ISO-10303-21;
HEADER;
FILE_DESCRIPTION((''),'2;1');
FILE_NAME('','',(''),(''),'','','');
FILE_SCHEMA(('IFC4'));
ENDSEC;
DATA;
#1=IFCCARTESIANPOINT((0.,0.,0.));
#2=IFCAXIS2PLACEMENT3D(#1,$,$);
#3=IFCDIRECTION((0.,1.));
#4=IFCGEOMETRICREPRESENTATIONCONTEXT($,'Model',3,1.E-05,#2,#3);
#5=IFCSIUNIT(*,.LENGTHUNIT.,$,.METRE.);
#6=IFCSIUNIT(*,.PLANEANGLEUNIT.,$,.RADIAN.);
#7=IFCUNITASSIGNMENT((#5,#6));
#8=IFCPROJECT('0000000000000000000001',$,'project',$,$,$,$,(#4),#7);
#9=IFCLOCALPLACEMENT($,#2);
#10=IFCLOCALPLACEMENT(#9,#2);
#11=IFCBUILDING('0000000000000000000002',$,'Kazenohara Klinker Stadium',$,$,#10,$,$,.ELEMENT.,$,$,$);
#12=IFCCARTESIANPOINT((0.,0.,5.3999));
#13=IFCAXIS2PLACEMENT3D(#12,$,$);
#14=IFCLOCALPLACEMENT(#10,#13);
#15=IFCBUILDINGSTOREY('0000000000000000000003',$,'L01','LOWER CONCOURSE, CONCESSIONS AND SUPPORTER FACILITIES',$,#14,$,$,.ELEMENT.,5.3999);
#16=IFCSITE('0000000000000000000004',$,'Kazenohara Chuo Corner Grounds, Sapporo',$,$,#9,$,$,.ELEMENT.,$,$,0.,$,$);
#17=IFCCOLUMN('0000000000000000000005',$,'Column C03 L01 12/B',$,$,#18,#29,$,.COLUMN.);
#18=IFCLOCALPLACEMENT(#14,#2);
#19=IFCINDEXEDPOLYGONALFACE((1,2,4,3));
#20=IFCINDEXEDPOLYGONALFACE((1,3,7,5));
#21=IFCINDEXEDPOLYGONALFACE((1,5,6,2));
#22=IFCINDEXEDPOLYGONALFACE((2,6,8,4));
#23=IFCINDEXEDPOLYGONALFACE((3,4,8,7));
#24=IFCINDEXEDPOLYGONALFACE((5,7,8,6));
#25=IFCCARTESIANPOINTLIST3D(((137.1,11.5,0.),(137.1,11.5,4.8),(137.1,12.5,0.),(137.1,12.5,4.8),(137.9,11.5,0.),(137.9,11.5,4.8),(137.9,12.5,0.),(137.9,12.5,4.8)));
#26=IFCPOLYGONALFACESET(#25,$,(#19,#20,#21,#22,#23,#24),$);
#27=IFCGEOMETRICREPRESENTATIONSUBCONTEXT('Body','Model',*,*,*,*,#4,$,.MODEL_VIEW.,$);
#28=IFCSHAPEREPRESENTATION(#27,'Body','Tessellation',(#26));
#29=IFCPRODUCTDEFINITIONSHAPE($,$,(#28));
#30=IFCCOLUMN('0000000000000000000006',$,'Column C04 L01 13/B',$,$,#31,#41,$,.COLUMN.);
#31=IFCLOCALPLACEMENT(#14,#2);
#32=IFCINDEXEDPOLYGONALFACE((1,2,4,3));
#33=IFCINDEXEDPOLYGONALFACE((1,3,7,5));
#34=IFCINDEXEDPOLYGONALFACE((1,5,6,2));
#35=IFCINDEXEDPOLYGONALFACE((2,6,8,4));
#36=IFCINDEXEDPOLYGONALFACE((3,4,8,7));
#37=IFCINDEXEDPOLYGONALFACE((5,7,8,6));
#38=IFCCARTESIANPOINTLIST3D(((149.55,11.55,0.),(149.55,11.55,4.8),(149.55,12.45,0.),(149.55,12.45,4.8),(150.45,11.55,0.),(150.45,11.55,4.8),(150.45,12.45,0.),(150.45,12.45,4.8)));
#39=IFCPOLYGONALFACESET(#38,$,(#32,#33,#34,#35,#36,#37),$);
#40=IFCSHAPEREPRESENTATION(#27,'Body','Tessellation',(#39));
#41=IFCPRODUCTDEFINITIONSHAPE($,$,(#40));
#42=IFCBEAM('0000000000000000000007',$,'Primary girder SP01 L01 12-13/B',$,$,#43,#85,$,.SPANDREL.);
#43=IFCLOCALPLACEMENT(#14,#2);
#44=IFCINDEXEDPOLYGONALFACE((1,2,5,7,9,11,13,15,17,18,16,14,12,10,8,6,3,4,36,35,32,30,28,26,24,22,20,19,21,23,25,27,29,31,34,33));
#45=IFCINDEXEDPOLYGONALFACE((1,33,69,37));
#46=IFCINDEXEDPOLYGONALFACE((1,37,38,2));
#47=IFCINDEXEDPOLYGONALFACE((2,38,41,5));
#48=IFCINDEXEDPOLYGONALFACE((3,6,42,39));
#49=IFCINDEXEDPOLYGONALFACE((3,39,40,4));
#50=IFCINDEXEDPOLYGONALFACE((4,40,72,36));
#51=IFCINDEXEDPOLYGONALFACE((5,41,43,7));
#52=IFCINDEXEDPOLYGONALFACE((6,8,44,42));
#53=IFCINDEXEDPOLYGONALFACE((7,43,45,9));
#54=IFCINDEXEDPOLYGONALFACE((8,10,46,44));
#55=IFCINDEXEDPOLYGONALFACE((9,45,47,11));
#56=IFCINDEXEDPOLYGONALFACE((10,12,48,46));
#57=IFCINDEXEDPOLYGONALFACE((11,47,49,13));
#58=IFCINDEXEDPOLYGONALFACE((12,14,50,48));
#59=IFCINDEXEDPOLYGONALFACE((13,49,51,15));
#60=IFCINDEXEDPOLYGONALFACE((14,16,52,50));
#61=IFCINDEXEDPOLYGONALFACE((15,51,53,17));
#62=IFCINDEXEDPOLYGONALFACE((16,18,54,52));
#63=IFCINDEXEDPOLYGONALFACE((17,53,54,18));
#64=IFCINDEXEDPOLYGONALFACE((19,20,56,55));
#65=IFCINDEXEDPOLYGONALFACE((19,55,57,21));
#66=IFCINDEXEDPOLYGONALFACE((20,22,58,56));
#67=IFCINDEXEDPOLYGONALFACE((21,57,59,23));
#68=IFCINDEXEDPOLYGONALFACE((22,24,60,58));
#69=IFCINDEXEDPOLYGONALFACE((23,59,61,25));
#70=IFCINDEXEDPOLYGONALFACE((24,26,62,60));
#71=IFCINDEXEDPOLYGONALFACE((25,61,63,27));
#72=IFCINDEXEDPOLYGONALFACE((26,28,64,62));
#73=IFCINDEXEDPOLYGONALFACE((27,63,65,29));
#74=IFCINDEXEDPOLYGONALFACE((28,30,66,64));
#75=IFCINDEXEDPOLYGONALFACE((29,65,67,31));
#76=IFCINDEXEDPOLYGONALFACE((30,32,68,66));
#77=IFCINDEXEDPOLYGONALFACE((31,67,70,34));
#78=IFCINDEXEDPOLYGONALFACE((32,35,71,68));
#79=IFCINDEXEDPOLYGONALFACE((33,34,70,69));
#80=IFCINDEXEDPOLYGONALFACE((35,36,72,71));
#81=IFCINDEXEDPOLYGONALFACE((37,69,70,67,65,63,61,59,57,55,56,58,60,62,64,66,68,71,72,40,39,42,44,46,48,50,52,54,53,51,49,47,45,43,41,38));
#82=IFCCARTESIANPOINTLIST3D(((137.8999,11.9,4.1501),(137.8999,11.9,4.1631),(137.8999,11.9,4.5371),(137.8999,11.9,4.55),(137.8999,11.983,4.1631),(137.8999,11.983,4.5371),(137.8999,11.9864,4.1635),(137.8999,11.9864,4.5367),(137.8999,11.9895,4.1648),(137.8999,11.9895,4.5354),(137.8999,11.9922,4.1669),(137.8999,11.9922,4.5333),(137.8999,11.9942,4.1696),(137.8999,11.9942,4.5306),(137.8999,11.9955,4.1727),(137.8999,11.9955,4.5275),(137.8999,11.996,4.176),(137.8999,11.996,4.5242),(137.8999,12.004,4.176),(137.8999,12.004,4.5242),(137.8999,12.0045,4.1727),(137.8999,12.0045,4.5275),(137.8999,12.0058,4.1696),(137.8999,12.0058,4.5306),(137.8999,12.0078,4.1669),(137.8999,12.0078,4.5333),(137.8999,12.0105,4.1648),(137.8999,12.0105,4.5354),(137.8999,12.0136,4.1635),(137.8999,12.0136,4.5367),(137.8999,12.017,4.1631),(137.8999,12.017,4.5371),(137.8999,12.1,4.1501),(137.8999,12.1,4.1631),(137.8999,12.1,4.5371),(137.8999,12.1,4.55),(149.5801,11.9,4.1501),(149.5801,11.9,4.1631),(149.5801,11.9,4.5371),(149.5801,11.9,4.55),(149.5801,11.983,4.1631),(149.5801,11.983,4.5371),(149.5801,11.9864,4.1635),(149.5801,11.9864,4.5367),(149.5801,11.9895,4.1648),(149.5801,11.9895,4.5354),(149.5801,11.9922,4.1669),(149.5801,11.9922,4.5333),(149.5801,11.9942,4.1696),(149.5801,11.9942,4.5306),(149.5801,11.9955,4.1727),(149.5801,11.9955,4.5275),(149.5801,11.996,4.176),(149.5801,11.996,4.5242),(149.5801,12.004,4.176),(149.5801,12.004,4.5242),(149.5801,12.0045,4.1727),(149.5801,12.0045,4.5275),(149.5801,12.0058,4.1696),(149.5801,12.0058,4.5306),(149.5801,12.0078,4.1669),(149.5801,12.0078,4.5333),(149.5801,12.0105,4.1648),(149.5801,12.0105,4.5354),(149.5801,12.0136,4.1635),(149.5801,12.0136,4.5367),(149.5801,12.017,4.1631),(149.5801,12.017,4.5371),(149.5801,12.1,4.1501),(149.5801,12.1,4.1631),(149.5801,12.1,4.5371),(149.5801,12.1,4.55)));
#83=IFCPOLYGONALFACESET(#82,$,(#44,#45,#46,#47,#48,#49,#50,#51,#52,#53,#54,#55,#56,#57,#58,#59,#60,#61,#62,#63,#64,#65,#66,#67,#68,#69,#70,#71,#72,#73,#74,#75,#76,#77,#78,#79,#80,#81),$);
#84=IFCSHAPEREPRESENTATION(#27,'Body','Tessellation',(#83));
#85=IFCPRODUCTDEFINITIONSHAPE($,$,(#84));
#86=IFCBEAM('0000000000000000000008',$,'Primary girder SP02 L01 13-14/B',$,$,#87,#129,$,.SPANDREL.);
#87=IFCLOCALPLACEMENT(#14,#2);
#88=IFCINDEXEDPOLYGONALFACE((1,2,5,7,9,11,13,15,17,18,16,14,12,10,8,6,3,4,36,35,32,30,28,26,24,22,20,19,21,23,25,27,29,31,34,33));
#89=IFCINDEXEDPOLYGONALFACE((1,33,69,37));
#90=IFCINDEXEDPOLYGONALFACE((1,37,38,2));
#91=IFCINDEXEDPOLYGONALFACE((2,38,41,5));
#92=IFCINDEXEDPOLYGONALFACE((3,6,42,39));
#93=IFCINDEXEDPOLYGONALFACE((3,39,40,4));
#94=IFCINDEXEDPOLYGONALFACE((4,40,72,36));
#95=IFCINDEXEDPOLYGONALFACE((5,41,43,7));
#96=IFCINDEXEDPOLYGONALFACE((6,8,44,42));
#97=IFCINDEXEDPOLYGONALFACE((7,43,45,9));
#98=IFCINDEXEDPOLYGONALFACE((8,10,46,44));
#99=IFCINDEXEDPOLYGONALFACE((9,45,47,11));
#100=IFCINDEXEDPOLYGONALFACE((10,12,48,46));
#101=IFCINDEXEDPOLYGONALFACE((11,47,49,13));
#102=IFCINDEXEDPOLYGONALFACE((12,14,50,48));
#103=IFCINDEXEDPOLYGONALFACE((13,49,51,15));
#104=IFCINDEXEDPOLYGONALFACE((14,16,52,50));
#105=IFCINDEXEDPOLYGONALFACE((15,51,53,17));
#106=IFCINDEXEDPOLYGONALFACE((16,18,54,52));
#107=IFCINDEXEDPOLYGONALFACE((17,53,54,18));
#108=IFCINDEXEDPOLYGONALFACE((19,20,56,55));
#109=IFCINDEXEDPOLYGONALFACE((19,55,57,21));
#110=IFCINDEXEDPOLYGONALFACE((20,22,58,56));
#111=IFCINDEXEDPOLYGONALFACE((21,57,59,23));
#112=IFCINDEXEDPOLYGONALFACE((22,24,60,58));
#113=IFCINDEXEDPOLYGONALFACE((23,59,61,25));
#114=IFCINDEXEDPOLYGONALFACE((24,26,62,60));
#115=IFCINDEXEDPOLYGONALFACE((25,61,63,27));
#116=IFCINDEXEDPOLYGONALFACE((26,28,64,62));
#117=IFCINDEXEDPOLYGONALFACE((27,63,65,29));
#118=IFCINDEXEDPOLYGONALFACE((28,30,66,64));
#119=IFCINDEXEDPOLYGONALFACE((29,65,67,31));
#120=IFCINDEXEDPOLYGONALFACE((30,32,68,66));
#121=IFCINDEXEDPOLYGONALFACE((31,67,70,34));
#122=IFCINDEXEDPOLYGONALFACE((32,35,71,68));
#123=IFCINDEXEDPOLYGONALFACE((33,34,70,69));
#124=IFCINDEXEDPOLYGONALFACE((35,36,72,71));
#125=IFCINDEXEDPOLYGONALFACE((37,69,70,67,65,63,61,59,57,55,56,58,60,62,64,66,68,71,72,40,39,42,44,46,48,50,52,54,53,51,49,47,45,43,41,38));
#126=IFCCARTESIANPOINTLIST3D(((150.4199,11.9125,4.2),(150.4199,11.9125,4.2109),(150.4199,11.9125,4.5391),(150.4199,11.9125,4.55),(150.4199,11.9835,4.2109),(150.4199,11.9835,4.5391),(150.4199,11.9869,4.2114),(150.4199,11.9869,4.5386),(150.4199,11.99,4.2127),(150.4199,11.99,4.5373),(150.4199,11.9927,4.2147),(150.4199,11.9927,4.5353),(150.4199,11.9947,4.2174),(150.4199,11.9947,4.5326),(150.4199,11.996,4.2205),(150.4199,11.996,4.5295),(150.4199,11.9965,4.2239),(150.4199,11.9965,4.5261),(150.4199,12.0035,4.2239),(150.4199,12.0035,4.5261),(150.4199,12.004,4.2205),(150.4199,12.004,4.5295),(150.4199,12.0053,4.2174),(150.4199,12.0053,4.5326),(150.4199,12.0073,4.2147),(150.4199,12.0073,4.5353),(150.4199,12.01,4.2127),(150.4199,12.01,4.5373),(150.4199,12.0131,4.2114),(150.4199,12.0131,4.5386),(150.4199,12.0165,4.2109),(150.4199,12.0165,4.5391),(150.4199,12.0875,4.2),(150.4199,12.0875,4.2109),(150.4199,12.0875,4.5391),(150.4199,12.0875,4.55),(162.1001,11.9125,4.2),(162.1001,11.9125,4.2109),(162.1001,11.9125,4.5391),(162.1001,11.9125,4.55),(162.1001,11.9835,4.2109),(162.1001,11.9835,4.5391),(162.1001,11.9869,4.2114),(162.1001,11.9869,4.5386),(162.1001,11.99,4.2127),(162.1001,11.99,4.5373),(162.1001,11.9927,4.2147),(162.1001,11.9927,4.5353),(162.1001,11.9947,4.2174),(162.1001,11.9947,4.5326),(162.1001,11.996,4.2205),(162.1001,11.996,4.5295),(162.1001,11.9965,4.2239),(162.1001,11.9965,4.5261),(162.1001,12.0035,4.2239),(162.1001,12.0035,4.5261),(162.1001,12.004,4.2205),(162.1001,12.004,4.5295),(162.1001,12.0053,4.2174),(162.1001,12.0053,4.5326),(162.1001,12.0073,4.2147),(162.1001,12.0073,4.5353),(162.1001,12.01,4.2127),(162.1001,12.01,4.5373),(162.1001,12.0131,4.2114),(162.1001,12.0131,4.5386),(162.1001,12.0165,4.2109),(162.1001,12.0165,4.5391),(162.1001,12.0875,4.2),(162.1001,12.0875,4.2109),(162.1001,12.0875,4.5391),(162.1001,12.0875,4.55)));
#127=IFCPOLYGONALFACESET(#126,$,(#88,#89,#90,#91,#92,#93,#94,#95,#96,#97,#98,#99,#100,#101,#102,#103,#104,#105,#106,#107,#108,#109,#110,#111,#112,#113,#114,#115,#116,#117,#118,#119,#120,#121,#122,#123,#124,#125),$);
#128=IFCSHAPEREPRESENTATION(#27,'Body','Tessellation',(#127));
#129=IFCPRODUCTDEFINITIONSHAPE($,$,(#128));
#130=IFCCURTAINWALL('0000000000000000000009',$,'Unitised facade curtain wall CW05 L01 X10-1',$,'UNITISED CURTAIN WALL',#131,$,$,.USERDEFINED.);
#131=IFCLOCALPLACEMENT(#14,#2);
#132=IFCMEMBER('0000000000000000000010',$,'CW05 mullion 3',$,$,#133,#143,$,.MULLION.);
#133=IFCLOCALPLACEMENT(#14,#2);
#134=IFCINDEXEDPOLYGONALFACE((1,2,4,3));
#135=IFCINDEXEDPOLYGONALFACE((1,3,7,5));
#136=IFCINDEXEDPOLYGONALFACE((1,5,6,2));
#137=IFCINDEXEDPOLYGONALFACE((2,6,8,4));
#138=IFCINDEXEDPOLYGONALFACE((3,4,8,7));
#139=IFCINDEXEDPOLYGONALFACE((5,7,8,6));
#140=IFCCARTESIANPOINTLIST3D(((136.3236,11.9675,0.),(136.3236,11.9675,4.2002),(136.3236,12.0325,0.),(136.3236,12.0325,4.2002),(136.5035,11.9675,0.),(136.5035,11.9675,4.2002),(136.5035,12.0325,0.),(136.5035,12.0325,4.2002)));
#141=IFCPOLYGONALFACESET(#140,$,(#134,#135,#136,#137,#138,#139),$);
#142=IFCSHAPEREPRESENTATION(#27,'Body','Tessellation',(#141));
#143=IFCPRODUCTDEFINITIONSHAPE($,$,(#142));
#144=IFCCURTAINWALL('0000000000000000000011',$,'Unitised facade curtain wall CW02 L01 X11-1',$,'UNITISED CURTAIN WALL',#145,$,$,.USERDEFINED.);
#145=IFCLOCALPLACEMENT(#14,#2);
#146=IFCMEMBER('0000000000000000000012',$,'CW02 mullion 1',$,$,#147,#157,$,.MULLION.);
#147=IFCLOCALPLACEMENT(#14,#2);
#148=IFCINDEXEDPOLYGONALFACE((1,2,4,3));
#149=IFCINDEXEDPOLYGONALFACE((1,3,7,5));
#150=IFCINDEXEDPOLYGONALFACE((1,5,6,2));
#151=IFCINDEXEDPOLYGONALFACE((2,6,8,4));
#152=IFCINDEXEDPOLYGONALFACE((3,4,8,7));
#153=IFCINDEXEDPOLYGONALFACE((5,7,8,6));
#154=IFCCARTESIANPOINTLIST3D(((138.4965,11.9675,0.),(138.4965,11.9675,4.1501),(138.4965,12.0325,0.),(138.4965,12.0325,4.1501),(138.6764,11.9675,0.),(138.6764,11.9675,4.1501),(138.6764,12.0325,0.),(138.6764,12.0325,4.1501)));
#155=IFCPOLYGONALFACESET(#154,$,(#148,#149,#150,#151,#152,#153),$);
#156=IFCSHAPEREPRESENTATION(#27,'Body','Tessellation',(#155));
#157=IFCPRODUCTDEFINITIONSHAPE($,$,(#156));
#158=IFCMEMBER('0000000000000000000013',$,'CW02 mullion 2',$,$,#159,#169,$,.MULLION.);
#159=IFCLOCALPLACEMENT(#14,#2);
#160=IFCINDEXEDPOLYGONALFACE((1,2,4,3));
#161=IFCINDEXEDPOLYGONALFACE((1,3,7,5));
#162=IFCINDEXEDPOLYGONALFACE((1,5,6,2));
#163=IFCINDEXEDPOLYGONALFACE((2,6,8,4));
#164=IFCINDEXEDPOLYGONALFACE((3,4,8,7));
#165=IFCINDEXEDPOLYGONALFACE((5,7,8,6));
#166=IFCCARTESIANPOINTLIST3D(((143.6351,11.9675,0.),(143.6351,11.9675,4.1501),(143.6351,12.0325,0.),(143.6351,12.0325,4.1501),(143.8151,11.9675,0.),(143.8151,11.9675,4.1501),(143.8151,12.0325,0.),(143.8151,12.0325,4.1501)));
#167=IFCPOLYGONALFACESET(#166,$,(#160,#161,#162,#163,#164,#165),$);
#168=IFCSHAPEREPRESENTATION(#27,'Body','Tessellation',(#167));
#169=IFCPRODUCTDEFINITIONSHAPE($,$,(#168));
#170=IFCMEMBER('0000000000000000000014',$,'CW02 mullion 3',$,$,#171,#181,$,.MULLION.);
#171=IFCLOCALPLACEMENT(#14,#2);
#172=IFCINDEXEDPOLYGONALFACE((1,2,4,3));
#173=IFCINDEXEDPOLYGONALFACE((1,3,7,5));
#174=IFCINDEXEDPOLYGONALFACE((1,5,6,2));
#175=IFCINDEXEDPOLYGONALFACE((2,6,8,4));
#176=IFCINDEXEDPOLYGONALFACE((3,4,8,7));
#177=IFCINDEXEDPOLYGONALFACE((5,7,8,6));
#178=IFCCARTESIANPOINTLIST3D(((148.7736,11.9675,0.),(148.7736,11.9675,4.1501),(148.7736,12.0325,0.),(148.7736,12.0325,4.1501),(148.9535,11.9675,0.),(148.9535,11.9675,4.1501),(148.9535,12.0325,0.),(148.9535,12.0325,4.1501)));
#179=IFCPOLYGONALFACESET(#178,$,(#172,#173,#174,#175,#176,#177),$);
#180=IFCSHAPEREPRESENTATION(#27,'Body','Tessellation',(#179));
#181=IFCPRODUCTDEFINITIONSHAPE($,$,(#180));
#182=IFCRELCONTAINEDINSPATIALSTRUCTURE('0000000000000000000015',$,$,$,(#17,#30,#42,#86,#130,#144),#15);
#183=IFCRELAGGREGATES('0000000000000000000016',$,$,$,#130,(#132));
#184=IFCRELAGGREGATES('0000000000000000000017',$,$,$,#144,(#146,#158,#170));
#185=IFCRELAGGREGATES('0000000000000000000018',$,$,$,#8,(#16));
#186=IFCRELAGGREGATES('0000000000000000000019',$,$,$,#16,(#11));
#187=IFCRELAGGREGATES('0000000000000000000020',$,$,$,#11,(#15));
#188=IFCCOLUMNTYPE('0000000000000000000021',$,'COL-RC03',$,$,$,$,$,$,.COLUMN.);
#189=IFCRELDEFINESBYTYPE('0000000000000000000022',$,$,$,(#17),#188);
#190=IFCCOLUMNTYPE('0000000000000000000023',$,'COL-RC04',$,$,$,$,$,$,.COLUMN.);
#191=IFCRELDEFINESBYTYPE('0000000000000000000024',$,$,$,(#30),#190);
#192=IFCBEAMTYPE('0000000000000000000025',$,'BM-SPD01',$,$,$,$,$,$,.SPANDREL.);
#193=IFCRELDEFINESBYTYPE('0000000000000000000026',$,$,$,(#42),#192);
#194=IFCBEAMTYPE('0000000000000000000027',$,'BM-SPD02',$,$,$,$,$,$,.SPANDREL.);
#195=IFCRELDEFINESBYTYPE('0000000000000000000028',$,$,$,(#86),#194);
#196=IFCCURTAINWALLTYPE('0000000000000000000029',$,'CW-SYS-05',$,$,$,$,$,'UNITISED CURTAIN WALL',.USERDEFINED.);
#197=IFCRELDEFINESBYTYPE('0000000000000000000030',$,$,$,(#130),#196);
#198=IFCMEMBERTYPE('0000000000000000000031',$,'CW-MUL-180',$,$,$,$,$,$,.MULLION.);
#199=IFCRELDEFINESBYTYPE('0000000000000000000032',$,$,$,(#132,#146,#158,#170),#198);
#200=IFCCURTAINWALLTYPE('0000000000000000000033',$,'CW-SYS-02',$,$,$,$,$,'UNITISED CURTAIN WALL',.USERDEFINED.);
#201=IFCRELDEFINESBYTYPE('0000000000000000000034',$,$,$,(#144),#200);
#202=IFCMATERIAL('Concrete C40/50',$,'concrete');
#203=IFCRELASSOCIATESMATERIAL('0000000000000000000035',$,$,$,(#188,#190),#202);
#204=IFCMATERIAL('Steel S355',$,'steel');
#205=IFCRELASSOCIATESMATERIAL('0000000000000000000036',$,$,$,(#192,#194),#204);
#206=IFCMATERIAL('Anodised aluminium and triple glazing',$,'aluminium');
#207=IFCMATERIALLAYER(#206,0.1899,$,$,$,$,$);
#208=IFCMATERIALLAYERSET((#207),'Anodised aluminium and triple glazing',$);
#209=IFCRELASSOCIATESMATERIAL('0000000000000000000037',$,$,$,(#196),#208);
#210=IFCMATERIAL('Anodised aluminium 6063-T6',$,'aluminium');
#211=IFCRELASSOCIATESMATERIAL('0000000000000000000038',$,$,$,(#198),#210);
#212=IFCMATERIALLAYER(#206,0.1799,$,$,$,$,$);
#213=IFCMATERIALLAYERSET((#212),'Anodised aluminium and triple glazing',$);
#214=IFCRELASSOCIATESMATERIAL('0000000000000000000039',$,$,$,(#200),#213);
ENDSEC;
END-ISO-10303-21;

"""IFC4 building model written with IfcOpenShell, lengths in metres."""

from ifc_helpers import new_model, si_unit, direction, frame, origin, origin_2d, place, context, subcontext, project, spatial, rectangle, i_section, extrude, material, layer, layer_set, material_profile, profile_set, type_object, element, aggregate, save


model = new_model("IFC4")

# Units and contexts
model_context = context("Model", 3, precision=1e-05, world=origin(), true_north=direction((0.0, 1.0)))
body_context = subcontext(model_context, "Body", "Model", "MODEL_VIEW")
ifc_project = project(units=[si_unit("LENGTHUNIT", "METRE"), si_unit("PLANEANGLEUNIT", "RADIAN")], contexts=[model_context])

# Site, building, storey
site_placement = place(None, origin())
site = spatial("IfcSite", under=ifc_project, at=site_placement, Name="Kazenohara Chuo Corner Grounds, Sapporo", CompositionType="ELEMENT", RefElevation=0.0)
building_placement = place(site_placement, origin())
building = spatial("IfcBuilding", under=site, at=building_placement, Name="Kazenohara Klinker Stadium", CompositionType="ELEMENT")
storey_placement = place(building_placement, frame((0.0, 0.0, 5.3999)))
storey = spatial("IfcBuildingStorey", under=building, at=storey_placement, Name="L01", Description="LOWER CONCOURSE, CONCESSIONS AND SUPPORTER FACILITIES", CompositionType="ELEMENT", Elevation=5.3999)

# Columns
ifc_material_1 = material(Name="Concrete C40/50", Category="concrete")
ifc_material_profile_1 = material_profile(ifc_material_1, rectangle(XDim=0.8, YDim=1.0, at=origin_2d()), Name="RC-COL-1000x800")
ifc_profile_set_1 = profile_set([ifc_material_profile_1], Name="Concrete C40/50")
column_type_1 = type_object("IfcColumnType", Name="COL-RC03", PredefinedType="COLUMN", material=ifc_profile_set_1)
column_1_placement = place(storey_placement, frame((137.5, 12.0, 0.0), z_axis=(0.0, 0.0, 1.0), x_axis=(1.0, 0.0, 0.0)))
element("IfcColumn", 1, at=column_1_placement, inside=storey, type_object=column_type_1, Name="Column C03 L01 12/B", PredefinedType="COLUMN", context=body_context, shape_type="SweptSolid", body=[
    extrude(rectangle(XDim=0.8, YDim=1.0, at=origin_2d()), origin(), (0.0, 0.0, 1.0), 4.8),
])
ifc_material_profile_2 = material_profile(ifc_material_1, rectangle(XDim=0.8999, YDim=0.8999, at=origin_2d()), Name="RC-COL-900x900")
ifc_profile_set_2 = profile_set([ifc_material_profile_2], Name="Concrete C40/50")
column_type_2 = type_object("IfcColumnType", Name="COL-RC04", PredefinedType="COLUMN", material=ifc_profile_set_2)
column_2_placement = place(storey_placement, frame((150.0, 12.0, 0.0), z_axis=(0.0, 0.0, 1.0), x_axis=(1.0, 0.0, 0.0)))
element("IfcColumn", 2, at=column_2_placement, inside=storey, type_object=column_type_2, Name="Column C04 L01 13/B", PredefinedType="COLUMN", context=body_context, shape_type="SweptSolid", body=[
    extrude(rectangle(XDim=0.8999, YDim=0.8999, at=origin_2d()), origin(), (0.0, 0.0, 1.0), 4.8),
])

# Beams
ifc_material_2 = material(Name="Steel S355", Category="steel")
ifc_material_profile_3 = material_profile(ifc_material_2, i_section(OverallWidth=0.2, OverallDepth=0.3999, WebThickness=0.0081, FlangeThickness=0.0129, FilletRadius=0.0129, at=origin_2d()), Name="H-400x200x8x13")
ifc_profile_set_3 = profile_set([ifc_material_profile_3], Name="Steel S355")
beam_type_1 = type_object("IfcBeamType", Name="BM-SPD01", PredefinedType="SPANDREL", material=ifc_profile_set_3)
beam_1_placement = place(storey_placement, frame((137.8999, 12.0, 4.3501), z_axis=(1.0, 0.0, 0.0), x_axis=(0.0, 1.0, 0.0)))
element("IfcBeam", 3, at=beam_1_placement, inside=storey, type_object=beam_type_1, Name="Primary girder SP01 L01 12-13/B", PredefinedType="SPANDREL", context=body_context, shape_type="SweptSolid", body=[
    extrude(i_section(OverallWidth=0.2, OverallDepth=0.3999, WebThickness=0.0081, FlangeThickness=0.0129, FilletRadius=0.0129, at=origin_2d()), origin(), (0.0, 0.0, 1.0), 11.6802),
])
ifc_material_profile_4 = material_profile(ifc_material_2, i_section(OverallWidth=0.175, OverallDepth=0.3501, WebThickness=0.0071, FlangeThickness=0.011, FilletRadius=0.0129, at=origin_2d()), Name="H-350x175x7x11")
ifc_profile_set_4 = profile_set([ifc_material_profile_4], Name="Steel S355")
beam_type_2 = type_object("IfcBeamType", Name="BM-SPD02", PredefinedType="SPANDREL", material=ifc_profile_set_4)
beam_2_placement = place(storey_placement, frame((150.4199, 12.0, 4.375), z_axis=(1.0, 0.0, 0.0), x_axis=(0.0, 1.0, 0.0)))
element("IfcBeam", 4, at=beam_2_placement, inside=storey, type_object=beam_type_2, Name="Primary girder SP02 L01 13-14/B", PredefinedType="SPANDREL", context=body_context, shape_type="SweptSolid", body=[
    extrude(i_section(OverallWidth=0.175, OverallDepth=0.3501, WebThickness=0.0071, FlangeThickness=0.011, FilletRadius=0.0129, at=origin_2d()), origin(), (0.0, 0.0, 1.0), 11.6802),
])

# Curtain wall, member
ifc_material_3 = material(Name="Anodised aluminium and triple glazing", Category="aluminium")
ifc_layer_1 = layer(ifc_material_3, 0.1899)
ifc_layer_set_1 = layer_set([ifc_layer_1], Name="Anodised aluminium and triple glazing")
curtain_wall_type_1 = type_object("IfcCurtainWallType", Name="CW-SYS-05", ElementType="UNITISED CURTAIN WALL", PredefinedType="USERDEFINED", material=ifc_layer_set_1)
curtain_wall_1_placement = place(storey_placement, origin())
curtain_wall_1 = element("IfcCurtainWall", 5, at=curtain_wall_1_placement, inside=storey, type_object=curtain_wall_type_1, Name="Unitised facade curtain wall CW05 L01 X10-1", ObjectType="UNITISED CURTAIN WALL", PredefinedType="USERDEFINED")
ifc_material_4 = material(Name="Anodised aluminium 6063-T6", Category="aluminium")
ifc_material_profile_5 = material_profile(ifc_material_4, rectangle(XDim=0.0649, YDim=0.1799, at=origin_2d()), Name="ALU-MUL-65x180")
ifc_profile_set_5 = profile_set([ifc_material_profile_5], Name="Anodised aluminium 6063-T6")
member_type_1 = type_object("IfcMemberType", Name="CW-MUL-180", PredefinedType="MULLION", material=ifc_profile_set_5)
member_1_placement = place(storey_placement, frame((136.4136, 12.0, 0.0), z_axis=(0.0, 0.0, 1.0), x_axis=(0.0, 1.0, 0.0)))
member_1 = element("IfcMember", 6, at=member_1_placement, type_object=member_type_1, Name="CW05 mullion 3", PredefinedType="MULLION", context=body_context, shape_type="SweptSolid", body=[
    extrude(rectangle(XDim=0.0649, YDim=0.1799, at=origin_2d()), origin(), (0.0, 0.0, 1.0), 4.2002),
])

# Curtain wall, members
ifc_layer_2 = layer(ifc_material_3, 0.1799)
ifc_layer_set_2 = layer_set([ifc_layer_2], Name="Anodised aluminium and triple glazing")
curtain_wall_type_2 = type_object("IfcCurtainWallType", Name="CW-SYS-02", ElementType="UNITISED CURTAIN WALL", PredefinedType="USERDEFINED", material=ifc_layer_set_2)
curtain_wall_2_placement = place(storey_placement, origin())
curtain_wall_2 = element("IfcCurtainWall", 7, at=curtain_wall_2_placement, inside=storey, type_object=curtain_wall_type_2, Name="Unitised facade curtain wall CW02 L01 X11-1", ObjectType="UNITISED CURTAIN WALL", PredefinedType="USERDEFINED")
member_2_placement = place(storey_placement, frame((138.5864, 12.0, 0.0), z_axis=(0.0, 0.0, 1.0), x_axis=(0.0, 1.0, 0.0)))
member_2 = element("IfcMember", 8, at=member_2_placement, type_object=member_type_1, Name="CW02 mullion 1", PredefinedType="MULLION", context=body_context, shape_type="SweptSolid", body=[
    extrude(rectangle(XDim=0.0649, YDim=0.1799, at=origin_2d()), origin(), (0.0, 0.0, 1.0), 4.1501),
])
member_3_placement = place(storey_placement, frame((143.7251, 12.0, 0.0), z_axis=(0.0, 0.0, 1.0), x_axis=(0.0, 1.0, 0.0)))
member_3 = element("IfcMember", 9, at=member_3_placement, type_object=member_type_1, Name="CW02 mullion 2", PredefinedType="MULLION", context=body_context, shape_type="SweptSolid", body=[
    extrude(rectangle(XDim=0.0649, YDim=0.1799, at=origin_2d()), origin(), (0.0, 0.0, 1.0), 4.1501),
])
member_4_placement = place(storey_placement, frame((148.8635, 12.0, 0.0), z_axis=(0.0, 0.0, 1.0), x_axis=(0.0, 1.0, 0.0)))
member_4 = element("IfcMember", 10, at=member_4_placement, type_object=member_type_1, Name="CW02 mullion 3", PredefinedType="MULLION", context=body_context, shape_type="SweptSolid", body=[
    extrude(rectangle(XDim=0.0649, YDim=0.1799, at=origin_2d()), origin(), (0.0, 0.0, 1.0), 4.1501),
])

aggregate(curtain_wall_1, [member_1])
aggregate(curtain_wall_2, [member_2, member_3, member_4])

save(model, "model.ifc")
